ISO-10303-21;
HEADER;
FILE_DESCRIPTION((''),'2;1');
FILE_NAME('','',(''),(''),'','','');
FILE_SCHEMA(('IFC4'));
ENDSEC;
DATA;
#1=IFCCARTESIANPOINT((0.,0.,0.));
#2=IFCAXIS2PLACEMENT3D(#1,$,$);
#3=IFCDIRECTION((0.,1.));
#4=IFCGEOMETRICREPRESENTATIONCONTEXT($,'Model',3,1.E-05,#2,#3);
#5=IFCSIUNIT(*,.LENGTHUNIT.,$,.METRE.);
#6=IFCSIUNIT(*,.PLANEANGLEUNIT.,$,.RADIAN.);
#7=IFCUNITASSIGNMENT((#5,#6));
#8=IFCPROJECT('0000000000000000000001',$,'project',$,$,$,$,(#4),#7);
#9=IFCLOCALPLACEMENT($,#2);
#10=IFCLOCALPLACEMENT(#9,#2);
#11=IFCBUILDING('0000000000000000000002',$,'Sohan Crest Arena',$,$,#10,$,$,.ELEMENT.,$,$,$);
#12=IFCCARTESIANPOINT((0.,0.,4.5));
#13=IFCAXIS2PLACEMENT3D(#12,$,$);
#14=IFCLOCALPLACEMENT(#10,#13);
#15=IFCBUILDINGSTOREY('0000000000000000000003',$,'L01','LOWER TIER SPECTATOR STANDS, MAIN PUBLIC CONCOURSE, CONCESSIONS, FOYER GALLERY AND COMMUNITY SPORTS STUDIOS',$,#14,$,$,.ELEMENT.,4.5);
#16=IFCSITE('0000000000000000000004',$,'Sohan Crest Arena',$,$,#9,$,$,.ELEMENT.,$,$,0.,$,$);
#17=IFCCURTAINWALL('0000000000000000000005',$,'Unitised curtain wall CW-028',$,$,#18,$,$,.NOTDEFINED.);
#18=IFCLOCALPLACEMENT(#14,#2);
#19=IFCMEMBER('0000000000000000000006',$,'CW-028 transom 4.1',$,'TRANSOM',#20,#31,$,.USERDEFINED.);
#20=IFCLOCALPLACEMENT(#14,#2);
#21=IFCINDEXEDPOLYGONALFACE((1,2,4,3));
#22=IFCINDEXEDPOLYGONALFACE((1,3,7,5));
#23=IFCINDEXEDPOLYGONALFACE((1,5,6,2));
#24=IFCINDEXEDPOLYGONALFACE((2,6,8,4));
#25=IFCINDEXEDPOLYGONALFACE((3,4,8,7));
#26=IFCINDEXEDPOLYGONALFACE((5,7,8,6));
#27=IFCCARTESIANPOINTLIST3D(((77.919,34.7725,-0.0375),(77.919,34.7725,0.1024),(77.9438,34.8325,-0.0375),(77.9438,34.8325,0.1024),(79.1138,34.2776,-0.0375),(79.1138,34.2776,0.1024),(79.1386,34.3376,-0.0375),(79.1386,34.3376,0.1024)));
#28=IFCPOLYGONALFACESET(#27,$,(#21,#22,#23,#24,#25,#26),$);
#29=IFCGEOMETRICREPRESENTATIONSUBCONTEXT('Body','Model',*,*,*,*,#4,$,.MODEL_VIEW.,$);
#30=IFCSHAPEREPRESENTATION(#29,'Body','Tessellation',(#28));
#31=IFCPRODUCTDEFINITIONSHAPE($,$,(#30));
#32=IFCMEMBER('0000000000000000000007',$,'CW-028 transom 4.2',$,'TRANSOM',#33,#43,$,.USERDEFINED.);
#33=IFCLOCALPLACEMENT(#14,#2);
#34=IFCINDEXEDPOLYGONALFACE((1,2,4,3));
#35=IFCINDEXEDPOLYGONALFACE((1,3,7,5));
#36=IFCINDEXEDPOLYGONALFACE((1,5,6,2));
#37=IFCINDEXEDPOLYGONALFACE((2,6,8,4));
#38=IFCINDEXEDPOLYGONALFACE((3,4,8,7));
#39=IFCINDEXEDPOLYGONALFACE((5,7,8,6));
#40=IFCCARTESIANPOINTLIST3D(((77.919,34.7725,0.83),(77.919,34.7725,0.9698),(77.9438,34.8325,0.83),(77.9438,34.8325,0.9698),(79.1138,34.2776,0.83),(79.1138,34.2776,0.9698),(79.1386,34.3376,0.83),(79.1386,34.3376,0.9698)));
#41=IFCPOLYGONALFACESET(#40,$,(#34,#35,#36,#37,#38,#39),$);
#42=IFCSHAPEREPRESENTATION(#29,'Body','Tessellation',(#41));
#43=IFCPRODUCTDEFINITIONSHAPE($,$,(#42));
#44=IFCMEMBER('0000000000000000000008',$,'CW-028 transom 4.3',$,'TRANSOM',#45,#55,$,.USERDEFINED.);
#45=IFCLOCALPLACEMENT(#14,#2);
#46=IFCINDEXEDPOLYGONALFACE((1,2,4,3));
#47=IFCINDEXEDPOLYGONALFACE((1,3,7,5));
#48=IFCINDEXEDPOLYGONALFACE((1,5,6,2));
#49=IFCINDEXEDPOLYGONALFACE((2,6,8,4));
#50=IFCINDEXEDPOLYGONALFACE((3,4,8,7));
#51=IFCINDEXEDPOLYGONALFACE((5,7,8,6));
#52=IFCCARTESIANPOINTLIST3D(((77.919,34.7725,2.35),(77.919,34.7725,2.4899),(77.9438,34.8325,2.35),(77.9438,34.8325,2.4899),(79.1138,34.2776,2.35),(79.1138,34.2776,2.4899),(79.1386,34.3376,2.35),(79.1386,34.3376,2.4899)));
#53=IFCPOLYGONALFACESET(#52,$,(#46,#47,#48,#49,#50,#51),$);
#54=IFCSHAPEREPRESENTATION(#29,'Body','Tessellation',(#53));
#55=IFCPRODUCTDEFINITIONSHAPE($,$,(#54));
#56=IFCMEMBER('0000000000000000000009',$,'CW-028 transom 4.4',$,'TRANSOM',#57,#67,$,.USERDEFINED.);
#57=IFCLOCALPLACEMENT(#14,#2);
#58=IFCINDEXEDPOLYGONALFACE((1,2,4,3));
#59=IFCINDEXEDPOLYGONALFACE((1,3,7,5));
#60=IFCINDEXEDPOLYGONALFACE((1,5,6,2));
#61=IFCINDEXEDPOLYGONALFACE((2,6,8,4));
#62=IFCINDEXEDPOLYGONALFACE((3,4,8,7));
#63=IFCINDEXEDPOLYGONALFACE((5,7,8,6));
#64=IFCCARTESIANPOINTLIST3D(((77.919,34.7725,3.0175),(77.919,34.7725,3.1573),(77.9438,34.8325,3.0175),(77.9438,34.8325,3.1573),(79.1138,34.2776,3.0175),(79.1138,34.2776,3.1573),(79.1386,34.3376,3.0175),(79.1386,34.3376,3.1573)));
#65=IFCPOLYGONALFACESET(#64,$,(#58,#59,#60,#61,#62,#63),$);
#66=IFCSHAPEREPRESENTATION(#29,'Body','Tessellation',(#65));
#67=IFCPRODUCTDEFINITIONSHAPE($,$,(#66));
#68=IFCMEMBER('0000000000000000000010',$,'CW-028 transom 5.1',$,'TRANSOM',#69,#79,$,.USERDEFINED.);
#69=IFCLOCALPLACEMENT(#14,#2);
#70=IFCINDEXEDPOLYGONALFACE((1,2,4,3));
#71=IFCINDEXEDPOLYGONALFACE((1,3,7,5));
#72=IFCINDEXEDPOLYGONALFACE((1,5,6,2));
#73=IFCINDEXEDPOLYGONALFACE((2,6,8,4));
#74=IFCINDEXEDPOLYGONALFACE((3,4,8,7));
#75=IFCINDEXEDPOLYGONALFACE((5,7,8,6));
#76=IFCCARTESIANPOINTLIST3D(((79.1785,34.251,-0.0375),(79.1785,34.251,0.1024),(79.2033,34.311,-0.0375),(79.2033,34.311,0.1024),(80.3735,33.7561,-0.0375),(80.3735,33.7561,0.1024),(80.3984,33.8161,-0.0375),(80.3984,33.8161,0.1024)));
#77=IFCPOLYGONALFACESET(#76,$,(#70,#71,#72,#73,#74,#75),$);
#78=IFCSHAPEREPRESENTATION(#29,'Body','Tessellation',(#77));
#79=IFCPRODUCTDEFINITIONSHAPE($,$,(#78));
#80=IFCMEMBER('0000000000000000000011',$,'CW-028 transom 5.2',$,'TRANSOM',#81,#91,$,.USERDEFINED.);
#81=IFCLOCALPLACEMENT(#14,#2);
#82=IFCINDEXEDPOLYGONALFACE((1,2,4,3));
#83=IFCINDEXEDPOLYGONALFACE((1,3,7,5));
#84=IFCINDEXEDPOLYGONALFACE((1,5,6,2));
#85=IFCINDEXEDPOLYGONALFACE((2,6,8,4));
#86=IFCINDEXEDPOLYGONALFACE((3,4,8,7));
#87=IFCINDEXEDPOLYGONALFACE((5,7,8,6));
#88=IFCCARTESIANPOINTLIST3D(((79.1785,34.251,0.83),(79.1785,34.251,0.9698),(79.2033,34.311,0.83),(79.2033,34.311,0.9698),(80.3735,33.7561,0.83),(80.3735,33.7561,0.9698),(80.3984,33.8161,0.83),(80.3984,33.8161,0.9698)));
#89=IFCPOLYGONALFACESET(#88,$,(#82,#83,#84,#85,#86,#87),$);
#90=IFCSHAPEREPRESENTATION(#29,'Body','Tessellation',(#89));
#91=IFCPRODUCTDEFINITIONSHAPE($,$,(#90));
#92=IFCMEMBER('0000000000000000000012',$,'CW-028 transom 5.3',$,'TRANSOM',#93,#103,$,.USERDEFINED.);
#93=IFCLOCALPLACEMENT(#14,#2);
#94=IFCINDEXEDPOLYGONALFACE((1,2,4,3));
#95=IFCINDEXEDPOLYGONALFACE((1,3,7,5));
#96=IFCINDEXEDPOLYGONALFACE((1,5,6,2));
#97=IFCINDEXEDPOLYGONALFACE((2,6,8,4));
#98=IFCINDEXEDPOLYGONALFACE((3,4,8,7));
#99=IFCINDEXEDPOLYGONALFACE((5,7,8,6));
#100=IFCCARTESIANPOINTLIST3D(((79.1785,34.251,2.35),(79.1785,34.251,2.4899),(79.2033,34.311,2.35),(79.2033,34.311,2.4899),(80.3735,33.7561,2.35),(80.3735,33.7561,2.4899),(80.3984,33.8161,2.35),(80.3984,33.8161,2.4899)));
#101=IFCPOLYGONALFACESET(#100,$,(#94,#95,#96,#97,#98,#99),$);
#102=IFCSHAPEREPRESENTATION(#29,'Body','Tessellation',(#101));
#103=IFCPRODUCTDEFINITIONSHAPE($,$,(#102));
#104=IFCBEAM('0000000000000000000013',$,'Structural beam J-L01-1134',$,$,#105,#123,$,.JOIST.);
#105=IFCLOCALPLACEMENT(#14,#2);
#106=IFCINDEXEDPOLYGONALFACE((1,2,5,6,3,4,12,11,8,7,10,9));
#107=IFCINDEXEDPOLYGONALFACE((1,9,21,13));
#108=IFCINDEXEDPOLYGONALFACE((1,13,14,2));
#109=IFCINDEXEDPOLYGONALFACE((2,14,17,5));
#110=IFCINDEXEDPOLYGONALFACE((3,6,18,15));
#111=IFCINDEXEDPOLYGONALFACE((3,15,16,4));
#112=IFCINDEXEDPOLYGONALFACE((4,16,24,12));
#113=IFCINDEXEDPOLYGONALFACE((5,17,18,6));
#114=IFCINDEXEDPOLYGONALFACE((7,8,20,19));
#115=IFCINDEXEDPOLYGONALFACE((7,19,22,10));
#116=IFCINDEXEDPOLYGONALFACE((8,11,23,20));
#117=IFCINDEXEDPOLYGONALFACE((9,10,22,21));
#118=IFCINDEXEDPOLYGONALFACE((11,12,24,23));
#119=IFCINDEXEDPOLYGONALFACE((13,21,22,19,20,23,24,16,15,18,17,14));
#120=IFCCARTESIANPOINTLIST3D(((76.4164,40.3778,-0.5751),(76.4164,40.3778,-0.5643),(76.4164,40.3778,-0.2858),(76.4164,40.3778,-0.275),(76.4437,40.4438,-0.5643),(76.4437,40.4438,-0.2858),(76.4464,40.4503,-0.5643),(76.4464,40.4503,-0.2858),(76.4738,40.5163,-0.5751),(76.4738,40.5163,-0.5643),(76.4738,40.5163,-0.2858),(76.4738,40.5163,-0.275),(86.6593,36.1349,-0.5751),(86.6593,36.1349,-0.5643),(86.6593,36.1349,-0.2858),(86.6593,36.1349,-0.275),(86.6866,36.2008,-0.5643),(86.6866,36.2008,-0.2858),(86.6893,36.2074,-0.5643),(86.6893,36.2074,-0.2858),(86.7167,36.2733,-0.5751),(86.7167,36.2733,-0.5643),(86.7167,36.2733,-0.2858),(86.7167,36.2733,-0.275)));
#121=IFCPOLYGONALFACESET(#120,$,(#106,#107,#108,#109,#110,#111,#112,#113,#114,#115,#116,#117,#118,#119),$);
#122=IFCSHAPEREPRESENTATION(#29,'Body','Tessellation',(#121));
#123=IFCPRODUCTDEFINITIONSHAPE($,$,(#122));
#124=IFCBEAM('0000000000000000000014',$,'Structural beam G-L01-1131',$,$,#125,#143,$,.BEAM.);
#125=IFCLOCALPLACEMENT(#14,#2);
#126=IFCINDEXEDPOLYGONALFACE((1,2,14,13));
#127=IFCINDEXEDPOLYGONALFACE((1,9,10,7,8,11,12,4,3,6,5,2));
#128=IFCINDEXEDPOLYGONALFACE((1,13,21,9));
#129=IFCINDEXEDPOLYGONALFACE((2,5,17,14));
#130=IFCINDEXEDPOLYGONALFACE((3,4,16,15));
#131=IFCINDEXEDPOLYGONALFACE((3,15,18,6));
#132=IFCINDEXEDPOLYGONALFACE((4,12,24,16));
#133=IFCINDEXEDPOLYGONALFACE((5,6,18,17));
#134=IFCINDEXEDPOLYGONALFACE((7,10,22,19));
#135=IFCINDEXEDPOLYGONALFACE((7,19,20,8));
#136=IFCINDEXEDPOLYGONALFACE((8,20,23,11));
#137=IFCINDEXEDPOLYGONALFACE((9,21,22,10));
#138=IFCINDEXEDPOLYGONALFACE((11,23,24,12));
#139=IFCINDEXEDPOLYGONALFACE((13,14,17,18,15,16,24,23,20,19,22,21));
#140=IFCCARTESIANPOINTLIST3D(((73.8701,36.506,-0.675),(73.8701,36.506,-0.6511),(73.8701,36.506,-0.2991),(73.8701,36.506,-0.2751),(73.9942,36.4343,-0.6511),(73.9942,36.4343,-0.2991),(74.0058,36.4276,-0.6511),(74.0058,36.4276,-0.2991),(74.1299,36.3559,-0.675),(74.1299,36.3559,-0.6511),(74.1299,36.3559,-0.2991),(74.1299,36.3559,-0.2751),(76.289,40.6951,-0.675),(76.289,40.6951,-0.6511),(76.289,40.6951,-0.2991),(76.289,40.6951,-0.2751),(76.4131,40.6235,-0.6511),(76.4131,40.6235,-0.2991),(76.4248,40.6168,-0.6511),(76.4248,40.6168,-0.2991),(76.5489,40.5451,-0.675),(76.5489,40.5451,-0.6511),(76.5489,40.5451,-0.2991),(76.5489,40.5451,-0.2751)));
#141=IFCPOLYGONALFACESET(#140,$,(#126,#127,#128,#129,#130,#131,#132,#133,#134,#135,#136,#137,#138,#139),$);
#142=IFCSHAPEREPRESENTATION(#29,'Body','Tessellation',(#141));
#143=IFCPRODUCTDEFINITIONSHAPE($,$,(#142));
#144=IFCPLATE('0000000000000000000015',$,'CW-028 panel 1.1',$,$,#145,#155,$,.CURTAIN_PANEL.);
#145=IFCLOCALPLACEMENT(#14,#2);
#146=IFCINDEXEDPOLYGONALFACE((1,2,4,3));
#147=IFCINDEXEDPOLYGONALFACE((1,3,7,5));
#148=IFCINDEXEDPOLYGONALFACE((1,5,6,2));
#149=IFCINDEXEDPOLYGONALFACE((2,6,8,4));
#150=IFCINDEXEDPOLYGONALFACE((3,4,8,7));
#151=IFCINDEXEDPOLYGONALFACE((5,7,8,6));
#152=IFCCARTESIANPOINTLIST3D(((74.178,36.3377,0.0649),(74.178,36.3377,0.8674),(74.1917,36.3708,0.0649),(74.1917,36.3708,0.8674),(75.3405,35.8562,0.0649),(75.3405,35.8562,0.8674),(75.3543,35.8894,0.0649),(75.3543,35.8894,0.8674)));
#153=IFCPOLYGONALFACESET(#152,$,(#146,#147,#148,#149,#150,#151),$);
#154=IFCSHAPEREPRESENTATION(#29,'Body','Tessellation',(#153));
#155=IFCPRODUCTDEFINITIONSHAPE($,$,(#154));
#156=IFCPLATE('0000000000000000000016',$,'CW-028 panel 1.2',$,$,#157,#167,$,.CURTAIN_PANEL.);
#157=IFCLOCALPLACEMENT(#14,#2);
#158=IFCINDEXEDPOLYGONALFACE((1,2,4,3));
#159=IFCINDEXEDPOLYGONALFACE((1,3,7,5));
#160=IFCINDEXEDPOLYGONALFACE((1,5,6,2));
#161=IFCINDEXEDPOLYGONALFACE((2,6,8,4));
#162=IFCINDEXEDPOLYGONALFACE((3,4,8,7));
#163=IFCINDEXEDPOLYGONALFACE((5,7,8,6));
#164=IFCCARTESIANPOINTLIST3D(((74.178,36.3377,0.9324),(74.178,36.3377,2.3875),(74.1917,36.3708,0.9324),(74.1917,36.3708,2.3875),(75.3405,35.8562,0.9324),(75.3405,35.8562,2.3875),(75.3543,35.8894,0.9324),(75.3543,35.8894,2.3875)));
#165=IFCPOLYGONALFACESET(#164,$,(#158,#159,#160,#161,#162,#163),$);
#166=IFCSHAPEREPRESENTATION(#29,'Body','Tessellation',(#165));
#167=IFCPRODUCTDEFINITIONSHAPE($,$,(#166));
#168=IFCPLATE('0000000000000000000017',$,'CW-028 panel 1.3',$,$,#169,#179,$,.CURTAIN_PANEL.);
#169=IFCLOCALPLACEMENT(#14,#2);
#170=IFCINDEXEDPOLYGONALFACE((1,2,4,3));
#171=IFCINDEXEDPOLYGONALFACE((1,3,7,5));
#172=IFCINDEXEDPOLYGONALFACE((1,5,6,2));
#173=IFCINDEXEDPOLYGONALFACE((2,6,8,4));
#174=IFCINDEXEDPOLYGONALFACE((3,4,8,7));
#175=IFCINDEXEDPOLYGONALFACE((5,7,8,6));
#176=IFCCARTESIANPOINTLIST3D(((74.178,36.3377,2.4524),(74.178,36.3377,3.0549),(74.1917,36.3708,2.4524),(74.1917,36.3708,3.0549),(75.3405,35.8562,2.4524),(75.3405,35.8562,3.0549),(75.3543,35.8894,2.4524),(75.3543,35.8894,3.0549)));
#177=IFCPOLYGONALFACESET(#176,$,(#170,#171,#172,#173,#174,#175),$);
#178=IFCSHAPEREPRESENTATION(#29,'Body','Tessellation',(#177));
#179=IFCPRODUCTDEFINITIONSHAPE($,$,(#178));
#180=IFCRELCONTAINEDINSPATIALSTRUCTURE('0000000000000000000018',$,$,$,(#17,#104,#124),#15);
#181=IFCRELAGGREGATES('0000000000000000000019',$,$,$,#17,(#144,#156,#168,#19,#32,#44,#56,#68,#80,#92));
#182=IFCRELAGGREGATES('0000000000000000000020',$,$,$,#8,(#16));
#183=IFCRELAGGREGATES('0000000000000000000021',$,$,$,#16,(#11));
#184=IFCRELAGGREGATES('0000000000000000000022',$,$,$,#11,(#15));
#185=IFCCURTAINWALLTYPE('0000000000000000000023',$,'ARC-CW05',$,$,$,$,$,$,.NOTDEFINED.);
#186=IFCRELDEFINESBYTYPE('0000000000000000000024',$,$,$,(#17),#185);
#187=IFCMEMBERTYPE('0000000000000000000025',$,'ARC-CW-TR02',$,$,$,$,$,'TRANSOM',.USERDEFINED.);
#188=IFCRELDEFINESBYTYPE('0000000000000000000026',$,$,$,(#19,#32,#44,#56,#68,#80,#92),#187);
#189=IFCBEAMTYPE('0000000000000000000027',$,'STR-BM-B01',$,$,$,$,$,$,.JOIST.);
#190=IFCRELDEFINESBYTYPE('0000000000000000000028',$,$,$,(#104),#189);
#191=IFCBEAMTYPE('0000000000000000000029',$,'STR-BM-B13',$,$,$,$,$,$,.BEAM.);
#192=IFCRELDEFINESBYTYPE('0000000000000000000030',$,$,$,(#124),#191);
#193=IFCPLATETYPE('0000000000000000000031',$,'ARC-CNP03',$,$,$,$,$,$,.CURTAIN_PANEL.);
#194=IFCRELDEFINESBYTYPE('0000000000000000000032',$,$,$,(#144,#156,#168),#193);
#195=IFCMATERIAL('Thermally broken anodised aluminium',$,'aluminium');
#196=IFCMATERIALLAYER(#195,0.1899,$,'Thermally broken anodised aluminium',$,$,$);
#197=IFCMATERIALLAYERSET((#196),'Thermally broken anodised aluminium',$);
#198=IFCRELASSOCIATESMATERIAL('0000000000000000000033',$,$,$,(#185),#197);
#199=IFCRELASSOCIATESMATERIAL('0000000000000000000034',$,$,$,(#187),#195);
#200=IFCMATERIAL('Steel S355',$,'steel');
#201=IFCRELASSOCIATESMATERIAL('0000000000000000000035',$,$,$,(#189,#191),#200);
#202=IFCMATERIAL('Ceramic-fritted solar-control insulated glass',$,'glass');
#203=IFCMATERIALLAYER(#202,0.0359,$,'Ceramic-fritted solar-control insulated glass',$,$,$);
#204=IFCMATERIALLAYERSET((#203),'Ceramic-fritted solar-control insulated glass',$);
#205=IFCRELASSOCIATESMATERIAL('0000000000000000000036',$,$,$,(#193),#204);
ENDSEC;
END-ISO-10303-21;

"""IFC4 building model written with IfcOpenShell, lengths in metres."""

from ifc_helpers import new_model, si_unit, direction, frame, origin, origin_2d, place, context, subcontext, project, spatial, rectangle, i_section, extrude, material, layer, layer_set, material_profile, profile_set, type_object, element, aggregate, save


model = new_model("IFC4")

# Units and contexts
model_context = context("Model", 3, precision=1e-05, world=origin(), true_north=direction((0.0, 1.0)))
body_context = subcontext(model_context, "Body", "Model", "MODEL_VIEW")
ifc_project = project(units=[si_unit("LENGTHUNIT", "METRE"), si_unit("PLANEANGLEUNIT", "RADIAN")], contexts=[model_context])

# Site, building, storey
site_placement = place(None, origin())
site = spatial("IfcSite", under=ifc_project, at=site_placement, Name="Sohan Crest Arena", CompositionType="ELEMENT", RefElevation=0.0)
building_placement = place(site_placement, origin())
building = spatial("IfcBuilding", under=site, at=building_placement, Name="Sohan Crest Arena", CompositionType="ELEMENT")
storey_placement = place(building_placement, frame((0.0, 0.0, 4.5)))
storey = spatial("IfcBuildingStorey", under=building, at=storey_placement, Name="L01", Description="LOWER TIER SPECTATOR STANDS, MAIN PUBLIC CONCOURSE, CONCESSIONS, FOYER GALLERY AND COMMUNITY SPORTS STUDIOS", CompositionType="ELEMENT", Elevation=4.5)

# Curtain wall, members
ifc_material_1 = material(Name="Thermally broken anodised aluminium", Category="aluminium")
ifc_layer_1 = layer(ifc_material_1, 0.1899, Name="Thermally broken anodised aluminium")
ifc_layer_set_1 = layer_set([ifc_layer_1], Name="Thermally broken anodised aluminium")
curtain_wall_type = type_object("IfcCurtainWallType", Name="ARC-CW05", PredefinedType="NOTDEFINED", material=ifc_layer_set_1)
curtain_wall_placement = place(storey_placement, origin())
curtain_wall = element("IfcCurtainWall", 1, at=curtain_wall_placement, inside=storey, type_object=curtain_wall_type, Name="Unitised curtain wall CW-028", PredefinedType="NOTDEFINED")
ifc_material_profile_1 = material_profile(ifc_material_1, rectangle(XDim=0.0649, YDim=0.1399, at=origin_2d()), Name="ALU-TRAN 65x140")
ifc_profile_set_1 = profile_set([ifc_material_profile_1], Name="Thermally broken anodised aluminium")
member_type_1 = type_object("IfcMemberType", Name="ARC-CW-TR02", ElementType="TRANSOM", PredefinedType="USERDEFINED", material=ifc_profile_set_1)
member_1_placement = place(storey_placement, frame((77.9314, 34.8025, 0.0325), z_axis=(0.92389, -0.382657, 0.0), x_axis=(0.382657, 0.92389, 0.0)))
member_1 = element("IfcMember", 2, at=member_1_placement, type_object=member_type_1, Name="CW-028 transom 4.1", ObjectType="TRANSOM", PredefinedType="USERDEFINED", context=body_context, shape_type="SweptSolid", body=[
    extrude(rectangle(XDim=0.0649, YDim=0.1399, at=origin_2d()), origin(), (0.0, 0.0, 1.0), 1.2932),
])
member_2_placement = place(storey_placement, frame((77.9314, 34.8025, 0.8999), z_axis=(0.92389, -0.382657, 0.0), x_axis=(0.382657, 0.92389, 0.0)))
member_2 = element("IfcMember", 3, at=member_2_placement, type_object=member_type_1, Name="CW-028 transom 4.2", ObjectType="TRANSOM", PredefinedType="USERDEFINED", context=body_context, shape_type="SweptSolid", body=[
    extrude(rectangle(XDim=0.0649, YDim=0.1399, at=origin_2d()), origin(), (0.0, 0.0, 1.0), 1.2932),
])
member_3_placement = place(storey_placement, frame((77.9314, 34.8025, 2.4199), z_axis=(0.92389, -0.382657, 0.0), x_axis=(0.382657, 0.92389, 0.0)))
member_3 = element("IfcMember", 4, at=member_3_placement, type_object=member_type_1, Name="CW-028 transom 4.3", ObjectType="TRANSOM", PredefinedType="USERDEFINED", context=body_context, shape_type="SweptSolid", body=[
    extrude(rectangle(XDim=0.0649, YDim=0.1399, at=origin_2d()), origin(), (0.0, 0.0, 1.0), 1.2932),
])
member_4_placement = place(storey_placement, frame((77.9314, 34.8025, 3.0874), z_axis=(0.92389, -0.382657, 0.0), x_axis=(0.382657, 0.92389, 0.0)))
member_4 = element("IfcMember", 5, at=member_4_placement, type_object=member_type_1, Name="CW-028 transom 4.4", ObjectType="TRANSOM", PredefinedType="USERDEFINED", context=body_context, shape_type="SweptSolid", body=[
    extrude(rectangle(XDim=0.0649, YDim=0.1399, at=origin_2d()), origin(), (0.0, 0.0, 1.0), 1.2932),
])
member_5_placement = place(storey_placement, frame((79.1909, 34.281, 0.0325), z_axis=(0.923918, -0.382591, 0.0), x_axis=(0.382591, 0.923918, 0.0)))
member_5 = element("IfcMember", 6, at=member_5_placement, type_object=member_type_1, Name="CW-028 transom 5.1", ObjectType="TRANSOM", PredefinedType="USERDEFINED", context=body_context, shape_type="SweptSolid", body=[
    extrude(rectangle(XDim=0.0649, YDim=0.1399, at=origin_2d()), origin(), (0.0, 0.0, 1.0), 1.2935),
])
member_6_placement = place(storey_placement, frame((79.1909, 34.281, 0.8999), z_axis=(0.923918, -0.382591, 0.0), x_axis=(0.382591, 0.923918, 0.0)))
member_6 = element("IfcMember", 7, at=member_6_placement, type_object=member_type_1, Name="CW-028 transom 5.2", ObjectType="TRANSOM", PredefinedType="USERDEFINED", context=body_context, shape_type="SweptSolid", body=[
    extrude(rectangle(XDim=0.0649, YDim=0.1399, at=origin_2d()), origin(), (0.0, 0.0, 1.0), 1.2935),
])
member_7_placement = place(storey_placement, frame((79.1909, 34.281, 2.4199), z_axis=(0.923918, -0.382591, 0.0), x_axis=(0.382591, 0.923918, 0.0)))
member_7 = element("IfcMember", 8, at=member_7_placement, type_object=member_type_1, Name="CW-028 transom 5.3", ObjectType="TRANSOM", PredefinedType="USERDEFINED", context=body_context, shape_type="SweptSolid", body=[
    extrude(rectangle(XDim=0.0649, YDim=0.1399, at=origin_2d()), origin(), (0.0, 0.0, 1.0), 1.2935),
])

# Beams
ifc_material_2 = material(Name="Steel S355", Category="steel")
ifc_material_profile_2 = material_profile(ifc_material_2, i_section(OverallWidth=0.1499, OverallDepth=0.3, WebThickness=0.0071, FlangeThickness=0.0107, at=origin_2d()), Name="IPE 300")
ifc_profile_set_2 = profile_set([ifc_material_profile_2], Name="Steel S355")
beam_type_1 = type_object("IfcBeamType", Name="STR-BM-B01", PredefinedType="JOIST", material=ifc_profile_set_2)
beam_1_placement = place(storey_placement, frame((76.4451, 40.447, -0.425), z_axis=(0.923874, -0.382696, 0.0), x_axis=(0.382696, 0.923874, 0.0)))
element("IfcBeam", 9, at=beam_1_placement, inside=storey, type_object=beam_type_1, Name="Structural beam J-L01-1134", PredefinedType="JOIST", context=body_context, shape_type="SweptSolid", body=[
    extrude(i_section(OverallWidth=0.1499, OverallDepth=0.3, WebThickness=0.0071, FlangeThickness=0.0107, at=origin_2d()), origin(), (0.0, 0.0, 1.0), 11.0869),
])
ifc_material_profile_3 = material_profile(ifc_material_2, i_section(OverallWidth=0.3, OverallDepth=0.3999, WebThickness=0.0134, FlangeThickness=0.0239, at=origin_2d()), Name="HEB 400")
ifc_profile_set_3 = profile_set([ifc_material_profile_3], Name="Steel S355")
beam_type_2 = type_object("IfcBeamType", Name="STR-BM-B13", PredefinedType="BEAM", material=ifc_profile_set_3)
beam_2_placement = place(storey_placement, frame((76.4189, 40.6201, -0.4751), z_axis=(-0.500047, -0.865998, 0.0), x_axis=(0.865998, -0.500047, 0.0)))
element("IfcBeam", 10, at=beam_2_placement, inside=storey, type_object=beam_type_2, Name="Structural beam G-L01-1131", PredefinedType="BEAM", context=body_context, shape_type="SweptSolid", body=[
    extrude(i_section(OverallWidth=0.3, OverallDepth=0.3999, WebThickness=0.0134, FlangeThickness=0.0239, at=origin_2d()), origin(), (0.0, 0.0, 1.0), 4.8374),
])

# Plates
ifc_material_3 = material(Name="Ceramic-fritted solar-control insulated glass", Category="glass")
ifc_layer_2 = layer(ifc_material_3, 0.0359, Name="Ceramic-fritted solar-control insulated glass")
ifc_layer_set_2 = layer_set([ifc_layer_2], Name="Ceramic-fritted solar-control insulated glass")
plate_type = type_object("IfcPlateType", Name="ARC-CNP03", PredefinedType="CURTAIN_PANEL", material=ifc_layer_set_2)
plate_1_placement = place(storey_placement, frame((74.7661, 36.1135, 0.0649), z_axis=(0.0, 0.0, 1.0), x_axis=(0.923907, -0.382618, 0.0)))
plate_1 = element("IfcPlate", 11, at=plate_1_placement, type_object=plate_type, Name="CW-028 panel 1.1", PredefinedType="CURTAIN_PANEL", context=body_context, shape_type="SweptSolid", body=[
    extrude(rectangle(XDim=1.2583, YDim=0.0359, at=origin_2d()), origin(), (0.0, 0.0, 1.0), 0.8025),
])
plate_2_placement = place(storey_placement, frame((74.7661, 36.1135, 0.9324), z_axis=(0.0, 0.0, 1.0), x_axis=(0.923907, -0.382618, 0.0)))
plate_2 = element("IfcPlate", 12, at=plate_2_placement, type_object=plate_type, Name="CW-028 panel 1.2", PredefinedType="CURTAIN_PANEL", context=body_context, shape_type="SweptSolid", body=[
    extrude(rectangle(XDim=1.2583, YDim=0.0359, at=origin_2d()), origin(), (0.0, 0.0, 1.0), 1.4551),
])
plate_3_placement = place(storey_placement, frame((74.7661, 36.1135, 2.4524), z_axis=(0.0, 0.0, 1.0), x_axis=(0.923907, -0.382618, 0.0)))
plate_3 = element("IfcPlate", 13, at=plate_3_placement, type_object=plate_type, Name="CW-028 panel 1.3", PredefinedType="CURTAIN_PANEL", context=body_context, shape_type="SweptSolid", body=[
    extrude(rectangle(XDim=1.2583, YDim=0.0359, at=origin_2d()), origin(), (0.0, 0.0, 1.0), 0.6025),
])
aggregate(curtain_wall, [plate_1, plate_2, plate_3, member_1, member_2, member_3, member_4, member_5, member_6, member_7])

save(model, "model.ifc")
